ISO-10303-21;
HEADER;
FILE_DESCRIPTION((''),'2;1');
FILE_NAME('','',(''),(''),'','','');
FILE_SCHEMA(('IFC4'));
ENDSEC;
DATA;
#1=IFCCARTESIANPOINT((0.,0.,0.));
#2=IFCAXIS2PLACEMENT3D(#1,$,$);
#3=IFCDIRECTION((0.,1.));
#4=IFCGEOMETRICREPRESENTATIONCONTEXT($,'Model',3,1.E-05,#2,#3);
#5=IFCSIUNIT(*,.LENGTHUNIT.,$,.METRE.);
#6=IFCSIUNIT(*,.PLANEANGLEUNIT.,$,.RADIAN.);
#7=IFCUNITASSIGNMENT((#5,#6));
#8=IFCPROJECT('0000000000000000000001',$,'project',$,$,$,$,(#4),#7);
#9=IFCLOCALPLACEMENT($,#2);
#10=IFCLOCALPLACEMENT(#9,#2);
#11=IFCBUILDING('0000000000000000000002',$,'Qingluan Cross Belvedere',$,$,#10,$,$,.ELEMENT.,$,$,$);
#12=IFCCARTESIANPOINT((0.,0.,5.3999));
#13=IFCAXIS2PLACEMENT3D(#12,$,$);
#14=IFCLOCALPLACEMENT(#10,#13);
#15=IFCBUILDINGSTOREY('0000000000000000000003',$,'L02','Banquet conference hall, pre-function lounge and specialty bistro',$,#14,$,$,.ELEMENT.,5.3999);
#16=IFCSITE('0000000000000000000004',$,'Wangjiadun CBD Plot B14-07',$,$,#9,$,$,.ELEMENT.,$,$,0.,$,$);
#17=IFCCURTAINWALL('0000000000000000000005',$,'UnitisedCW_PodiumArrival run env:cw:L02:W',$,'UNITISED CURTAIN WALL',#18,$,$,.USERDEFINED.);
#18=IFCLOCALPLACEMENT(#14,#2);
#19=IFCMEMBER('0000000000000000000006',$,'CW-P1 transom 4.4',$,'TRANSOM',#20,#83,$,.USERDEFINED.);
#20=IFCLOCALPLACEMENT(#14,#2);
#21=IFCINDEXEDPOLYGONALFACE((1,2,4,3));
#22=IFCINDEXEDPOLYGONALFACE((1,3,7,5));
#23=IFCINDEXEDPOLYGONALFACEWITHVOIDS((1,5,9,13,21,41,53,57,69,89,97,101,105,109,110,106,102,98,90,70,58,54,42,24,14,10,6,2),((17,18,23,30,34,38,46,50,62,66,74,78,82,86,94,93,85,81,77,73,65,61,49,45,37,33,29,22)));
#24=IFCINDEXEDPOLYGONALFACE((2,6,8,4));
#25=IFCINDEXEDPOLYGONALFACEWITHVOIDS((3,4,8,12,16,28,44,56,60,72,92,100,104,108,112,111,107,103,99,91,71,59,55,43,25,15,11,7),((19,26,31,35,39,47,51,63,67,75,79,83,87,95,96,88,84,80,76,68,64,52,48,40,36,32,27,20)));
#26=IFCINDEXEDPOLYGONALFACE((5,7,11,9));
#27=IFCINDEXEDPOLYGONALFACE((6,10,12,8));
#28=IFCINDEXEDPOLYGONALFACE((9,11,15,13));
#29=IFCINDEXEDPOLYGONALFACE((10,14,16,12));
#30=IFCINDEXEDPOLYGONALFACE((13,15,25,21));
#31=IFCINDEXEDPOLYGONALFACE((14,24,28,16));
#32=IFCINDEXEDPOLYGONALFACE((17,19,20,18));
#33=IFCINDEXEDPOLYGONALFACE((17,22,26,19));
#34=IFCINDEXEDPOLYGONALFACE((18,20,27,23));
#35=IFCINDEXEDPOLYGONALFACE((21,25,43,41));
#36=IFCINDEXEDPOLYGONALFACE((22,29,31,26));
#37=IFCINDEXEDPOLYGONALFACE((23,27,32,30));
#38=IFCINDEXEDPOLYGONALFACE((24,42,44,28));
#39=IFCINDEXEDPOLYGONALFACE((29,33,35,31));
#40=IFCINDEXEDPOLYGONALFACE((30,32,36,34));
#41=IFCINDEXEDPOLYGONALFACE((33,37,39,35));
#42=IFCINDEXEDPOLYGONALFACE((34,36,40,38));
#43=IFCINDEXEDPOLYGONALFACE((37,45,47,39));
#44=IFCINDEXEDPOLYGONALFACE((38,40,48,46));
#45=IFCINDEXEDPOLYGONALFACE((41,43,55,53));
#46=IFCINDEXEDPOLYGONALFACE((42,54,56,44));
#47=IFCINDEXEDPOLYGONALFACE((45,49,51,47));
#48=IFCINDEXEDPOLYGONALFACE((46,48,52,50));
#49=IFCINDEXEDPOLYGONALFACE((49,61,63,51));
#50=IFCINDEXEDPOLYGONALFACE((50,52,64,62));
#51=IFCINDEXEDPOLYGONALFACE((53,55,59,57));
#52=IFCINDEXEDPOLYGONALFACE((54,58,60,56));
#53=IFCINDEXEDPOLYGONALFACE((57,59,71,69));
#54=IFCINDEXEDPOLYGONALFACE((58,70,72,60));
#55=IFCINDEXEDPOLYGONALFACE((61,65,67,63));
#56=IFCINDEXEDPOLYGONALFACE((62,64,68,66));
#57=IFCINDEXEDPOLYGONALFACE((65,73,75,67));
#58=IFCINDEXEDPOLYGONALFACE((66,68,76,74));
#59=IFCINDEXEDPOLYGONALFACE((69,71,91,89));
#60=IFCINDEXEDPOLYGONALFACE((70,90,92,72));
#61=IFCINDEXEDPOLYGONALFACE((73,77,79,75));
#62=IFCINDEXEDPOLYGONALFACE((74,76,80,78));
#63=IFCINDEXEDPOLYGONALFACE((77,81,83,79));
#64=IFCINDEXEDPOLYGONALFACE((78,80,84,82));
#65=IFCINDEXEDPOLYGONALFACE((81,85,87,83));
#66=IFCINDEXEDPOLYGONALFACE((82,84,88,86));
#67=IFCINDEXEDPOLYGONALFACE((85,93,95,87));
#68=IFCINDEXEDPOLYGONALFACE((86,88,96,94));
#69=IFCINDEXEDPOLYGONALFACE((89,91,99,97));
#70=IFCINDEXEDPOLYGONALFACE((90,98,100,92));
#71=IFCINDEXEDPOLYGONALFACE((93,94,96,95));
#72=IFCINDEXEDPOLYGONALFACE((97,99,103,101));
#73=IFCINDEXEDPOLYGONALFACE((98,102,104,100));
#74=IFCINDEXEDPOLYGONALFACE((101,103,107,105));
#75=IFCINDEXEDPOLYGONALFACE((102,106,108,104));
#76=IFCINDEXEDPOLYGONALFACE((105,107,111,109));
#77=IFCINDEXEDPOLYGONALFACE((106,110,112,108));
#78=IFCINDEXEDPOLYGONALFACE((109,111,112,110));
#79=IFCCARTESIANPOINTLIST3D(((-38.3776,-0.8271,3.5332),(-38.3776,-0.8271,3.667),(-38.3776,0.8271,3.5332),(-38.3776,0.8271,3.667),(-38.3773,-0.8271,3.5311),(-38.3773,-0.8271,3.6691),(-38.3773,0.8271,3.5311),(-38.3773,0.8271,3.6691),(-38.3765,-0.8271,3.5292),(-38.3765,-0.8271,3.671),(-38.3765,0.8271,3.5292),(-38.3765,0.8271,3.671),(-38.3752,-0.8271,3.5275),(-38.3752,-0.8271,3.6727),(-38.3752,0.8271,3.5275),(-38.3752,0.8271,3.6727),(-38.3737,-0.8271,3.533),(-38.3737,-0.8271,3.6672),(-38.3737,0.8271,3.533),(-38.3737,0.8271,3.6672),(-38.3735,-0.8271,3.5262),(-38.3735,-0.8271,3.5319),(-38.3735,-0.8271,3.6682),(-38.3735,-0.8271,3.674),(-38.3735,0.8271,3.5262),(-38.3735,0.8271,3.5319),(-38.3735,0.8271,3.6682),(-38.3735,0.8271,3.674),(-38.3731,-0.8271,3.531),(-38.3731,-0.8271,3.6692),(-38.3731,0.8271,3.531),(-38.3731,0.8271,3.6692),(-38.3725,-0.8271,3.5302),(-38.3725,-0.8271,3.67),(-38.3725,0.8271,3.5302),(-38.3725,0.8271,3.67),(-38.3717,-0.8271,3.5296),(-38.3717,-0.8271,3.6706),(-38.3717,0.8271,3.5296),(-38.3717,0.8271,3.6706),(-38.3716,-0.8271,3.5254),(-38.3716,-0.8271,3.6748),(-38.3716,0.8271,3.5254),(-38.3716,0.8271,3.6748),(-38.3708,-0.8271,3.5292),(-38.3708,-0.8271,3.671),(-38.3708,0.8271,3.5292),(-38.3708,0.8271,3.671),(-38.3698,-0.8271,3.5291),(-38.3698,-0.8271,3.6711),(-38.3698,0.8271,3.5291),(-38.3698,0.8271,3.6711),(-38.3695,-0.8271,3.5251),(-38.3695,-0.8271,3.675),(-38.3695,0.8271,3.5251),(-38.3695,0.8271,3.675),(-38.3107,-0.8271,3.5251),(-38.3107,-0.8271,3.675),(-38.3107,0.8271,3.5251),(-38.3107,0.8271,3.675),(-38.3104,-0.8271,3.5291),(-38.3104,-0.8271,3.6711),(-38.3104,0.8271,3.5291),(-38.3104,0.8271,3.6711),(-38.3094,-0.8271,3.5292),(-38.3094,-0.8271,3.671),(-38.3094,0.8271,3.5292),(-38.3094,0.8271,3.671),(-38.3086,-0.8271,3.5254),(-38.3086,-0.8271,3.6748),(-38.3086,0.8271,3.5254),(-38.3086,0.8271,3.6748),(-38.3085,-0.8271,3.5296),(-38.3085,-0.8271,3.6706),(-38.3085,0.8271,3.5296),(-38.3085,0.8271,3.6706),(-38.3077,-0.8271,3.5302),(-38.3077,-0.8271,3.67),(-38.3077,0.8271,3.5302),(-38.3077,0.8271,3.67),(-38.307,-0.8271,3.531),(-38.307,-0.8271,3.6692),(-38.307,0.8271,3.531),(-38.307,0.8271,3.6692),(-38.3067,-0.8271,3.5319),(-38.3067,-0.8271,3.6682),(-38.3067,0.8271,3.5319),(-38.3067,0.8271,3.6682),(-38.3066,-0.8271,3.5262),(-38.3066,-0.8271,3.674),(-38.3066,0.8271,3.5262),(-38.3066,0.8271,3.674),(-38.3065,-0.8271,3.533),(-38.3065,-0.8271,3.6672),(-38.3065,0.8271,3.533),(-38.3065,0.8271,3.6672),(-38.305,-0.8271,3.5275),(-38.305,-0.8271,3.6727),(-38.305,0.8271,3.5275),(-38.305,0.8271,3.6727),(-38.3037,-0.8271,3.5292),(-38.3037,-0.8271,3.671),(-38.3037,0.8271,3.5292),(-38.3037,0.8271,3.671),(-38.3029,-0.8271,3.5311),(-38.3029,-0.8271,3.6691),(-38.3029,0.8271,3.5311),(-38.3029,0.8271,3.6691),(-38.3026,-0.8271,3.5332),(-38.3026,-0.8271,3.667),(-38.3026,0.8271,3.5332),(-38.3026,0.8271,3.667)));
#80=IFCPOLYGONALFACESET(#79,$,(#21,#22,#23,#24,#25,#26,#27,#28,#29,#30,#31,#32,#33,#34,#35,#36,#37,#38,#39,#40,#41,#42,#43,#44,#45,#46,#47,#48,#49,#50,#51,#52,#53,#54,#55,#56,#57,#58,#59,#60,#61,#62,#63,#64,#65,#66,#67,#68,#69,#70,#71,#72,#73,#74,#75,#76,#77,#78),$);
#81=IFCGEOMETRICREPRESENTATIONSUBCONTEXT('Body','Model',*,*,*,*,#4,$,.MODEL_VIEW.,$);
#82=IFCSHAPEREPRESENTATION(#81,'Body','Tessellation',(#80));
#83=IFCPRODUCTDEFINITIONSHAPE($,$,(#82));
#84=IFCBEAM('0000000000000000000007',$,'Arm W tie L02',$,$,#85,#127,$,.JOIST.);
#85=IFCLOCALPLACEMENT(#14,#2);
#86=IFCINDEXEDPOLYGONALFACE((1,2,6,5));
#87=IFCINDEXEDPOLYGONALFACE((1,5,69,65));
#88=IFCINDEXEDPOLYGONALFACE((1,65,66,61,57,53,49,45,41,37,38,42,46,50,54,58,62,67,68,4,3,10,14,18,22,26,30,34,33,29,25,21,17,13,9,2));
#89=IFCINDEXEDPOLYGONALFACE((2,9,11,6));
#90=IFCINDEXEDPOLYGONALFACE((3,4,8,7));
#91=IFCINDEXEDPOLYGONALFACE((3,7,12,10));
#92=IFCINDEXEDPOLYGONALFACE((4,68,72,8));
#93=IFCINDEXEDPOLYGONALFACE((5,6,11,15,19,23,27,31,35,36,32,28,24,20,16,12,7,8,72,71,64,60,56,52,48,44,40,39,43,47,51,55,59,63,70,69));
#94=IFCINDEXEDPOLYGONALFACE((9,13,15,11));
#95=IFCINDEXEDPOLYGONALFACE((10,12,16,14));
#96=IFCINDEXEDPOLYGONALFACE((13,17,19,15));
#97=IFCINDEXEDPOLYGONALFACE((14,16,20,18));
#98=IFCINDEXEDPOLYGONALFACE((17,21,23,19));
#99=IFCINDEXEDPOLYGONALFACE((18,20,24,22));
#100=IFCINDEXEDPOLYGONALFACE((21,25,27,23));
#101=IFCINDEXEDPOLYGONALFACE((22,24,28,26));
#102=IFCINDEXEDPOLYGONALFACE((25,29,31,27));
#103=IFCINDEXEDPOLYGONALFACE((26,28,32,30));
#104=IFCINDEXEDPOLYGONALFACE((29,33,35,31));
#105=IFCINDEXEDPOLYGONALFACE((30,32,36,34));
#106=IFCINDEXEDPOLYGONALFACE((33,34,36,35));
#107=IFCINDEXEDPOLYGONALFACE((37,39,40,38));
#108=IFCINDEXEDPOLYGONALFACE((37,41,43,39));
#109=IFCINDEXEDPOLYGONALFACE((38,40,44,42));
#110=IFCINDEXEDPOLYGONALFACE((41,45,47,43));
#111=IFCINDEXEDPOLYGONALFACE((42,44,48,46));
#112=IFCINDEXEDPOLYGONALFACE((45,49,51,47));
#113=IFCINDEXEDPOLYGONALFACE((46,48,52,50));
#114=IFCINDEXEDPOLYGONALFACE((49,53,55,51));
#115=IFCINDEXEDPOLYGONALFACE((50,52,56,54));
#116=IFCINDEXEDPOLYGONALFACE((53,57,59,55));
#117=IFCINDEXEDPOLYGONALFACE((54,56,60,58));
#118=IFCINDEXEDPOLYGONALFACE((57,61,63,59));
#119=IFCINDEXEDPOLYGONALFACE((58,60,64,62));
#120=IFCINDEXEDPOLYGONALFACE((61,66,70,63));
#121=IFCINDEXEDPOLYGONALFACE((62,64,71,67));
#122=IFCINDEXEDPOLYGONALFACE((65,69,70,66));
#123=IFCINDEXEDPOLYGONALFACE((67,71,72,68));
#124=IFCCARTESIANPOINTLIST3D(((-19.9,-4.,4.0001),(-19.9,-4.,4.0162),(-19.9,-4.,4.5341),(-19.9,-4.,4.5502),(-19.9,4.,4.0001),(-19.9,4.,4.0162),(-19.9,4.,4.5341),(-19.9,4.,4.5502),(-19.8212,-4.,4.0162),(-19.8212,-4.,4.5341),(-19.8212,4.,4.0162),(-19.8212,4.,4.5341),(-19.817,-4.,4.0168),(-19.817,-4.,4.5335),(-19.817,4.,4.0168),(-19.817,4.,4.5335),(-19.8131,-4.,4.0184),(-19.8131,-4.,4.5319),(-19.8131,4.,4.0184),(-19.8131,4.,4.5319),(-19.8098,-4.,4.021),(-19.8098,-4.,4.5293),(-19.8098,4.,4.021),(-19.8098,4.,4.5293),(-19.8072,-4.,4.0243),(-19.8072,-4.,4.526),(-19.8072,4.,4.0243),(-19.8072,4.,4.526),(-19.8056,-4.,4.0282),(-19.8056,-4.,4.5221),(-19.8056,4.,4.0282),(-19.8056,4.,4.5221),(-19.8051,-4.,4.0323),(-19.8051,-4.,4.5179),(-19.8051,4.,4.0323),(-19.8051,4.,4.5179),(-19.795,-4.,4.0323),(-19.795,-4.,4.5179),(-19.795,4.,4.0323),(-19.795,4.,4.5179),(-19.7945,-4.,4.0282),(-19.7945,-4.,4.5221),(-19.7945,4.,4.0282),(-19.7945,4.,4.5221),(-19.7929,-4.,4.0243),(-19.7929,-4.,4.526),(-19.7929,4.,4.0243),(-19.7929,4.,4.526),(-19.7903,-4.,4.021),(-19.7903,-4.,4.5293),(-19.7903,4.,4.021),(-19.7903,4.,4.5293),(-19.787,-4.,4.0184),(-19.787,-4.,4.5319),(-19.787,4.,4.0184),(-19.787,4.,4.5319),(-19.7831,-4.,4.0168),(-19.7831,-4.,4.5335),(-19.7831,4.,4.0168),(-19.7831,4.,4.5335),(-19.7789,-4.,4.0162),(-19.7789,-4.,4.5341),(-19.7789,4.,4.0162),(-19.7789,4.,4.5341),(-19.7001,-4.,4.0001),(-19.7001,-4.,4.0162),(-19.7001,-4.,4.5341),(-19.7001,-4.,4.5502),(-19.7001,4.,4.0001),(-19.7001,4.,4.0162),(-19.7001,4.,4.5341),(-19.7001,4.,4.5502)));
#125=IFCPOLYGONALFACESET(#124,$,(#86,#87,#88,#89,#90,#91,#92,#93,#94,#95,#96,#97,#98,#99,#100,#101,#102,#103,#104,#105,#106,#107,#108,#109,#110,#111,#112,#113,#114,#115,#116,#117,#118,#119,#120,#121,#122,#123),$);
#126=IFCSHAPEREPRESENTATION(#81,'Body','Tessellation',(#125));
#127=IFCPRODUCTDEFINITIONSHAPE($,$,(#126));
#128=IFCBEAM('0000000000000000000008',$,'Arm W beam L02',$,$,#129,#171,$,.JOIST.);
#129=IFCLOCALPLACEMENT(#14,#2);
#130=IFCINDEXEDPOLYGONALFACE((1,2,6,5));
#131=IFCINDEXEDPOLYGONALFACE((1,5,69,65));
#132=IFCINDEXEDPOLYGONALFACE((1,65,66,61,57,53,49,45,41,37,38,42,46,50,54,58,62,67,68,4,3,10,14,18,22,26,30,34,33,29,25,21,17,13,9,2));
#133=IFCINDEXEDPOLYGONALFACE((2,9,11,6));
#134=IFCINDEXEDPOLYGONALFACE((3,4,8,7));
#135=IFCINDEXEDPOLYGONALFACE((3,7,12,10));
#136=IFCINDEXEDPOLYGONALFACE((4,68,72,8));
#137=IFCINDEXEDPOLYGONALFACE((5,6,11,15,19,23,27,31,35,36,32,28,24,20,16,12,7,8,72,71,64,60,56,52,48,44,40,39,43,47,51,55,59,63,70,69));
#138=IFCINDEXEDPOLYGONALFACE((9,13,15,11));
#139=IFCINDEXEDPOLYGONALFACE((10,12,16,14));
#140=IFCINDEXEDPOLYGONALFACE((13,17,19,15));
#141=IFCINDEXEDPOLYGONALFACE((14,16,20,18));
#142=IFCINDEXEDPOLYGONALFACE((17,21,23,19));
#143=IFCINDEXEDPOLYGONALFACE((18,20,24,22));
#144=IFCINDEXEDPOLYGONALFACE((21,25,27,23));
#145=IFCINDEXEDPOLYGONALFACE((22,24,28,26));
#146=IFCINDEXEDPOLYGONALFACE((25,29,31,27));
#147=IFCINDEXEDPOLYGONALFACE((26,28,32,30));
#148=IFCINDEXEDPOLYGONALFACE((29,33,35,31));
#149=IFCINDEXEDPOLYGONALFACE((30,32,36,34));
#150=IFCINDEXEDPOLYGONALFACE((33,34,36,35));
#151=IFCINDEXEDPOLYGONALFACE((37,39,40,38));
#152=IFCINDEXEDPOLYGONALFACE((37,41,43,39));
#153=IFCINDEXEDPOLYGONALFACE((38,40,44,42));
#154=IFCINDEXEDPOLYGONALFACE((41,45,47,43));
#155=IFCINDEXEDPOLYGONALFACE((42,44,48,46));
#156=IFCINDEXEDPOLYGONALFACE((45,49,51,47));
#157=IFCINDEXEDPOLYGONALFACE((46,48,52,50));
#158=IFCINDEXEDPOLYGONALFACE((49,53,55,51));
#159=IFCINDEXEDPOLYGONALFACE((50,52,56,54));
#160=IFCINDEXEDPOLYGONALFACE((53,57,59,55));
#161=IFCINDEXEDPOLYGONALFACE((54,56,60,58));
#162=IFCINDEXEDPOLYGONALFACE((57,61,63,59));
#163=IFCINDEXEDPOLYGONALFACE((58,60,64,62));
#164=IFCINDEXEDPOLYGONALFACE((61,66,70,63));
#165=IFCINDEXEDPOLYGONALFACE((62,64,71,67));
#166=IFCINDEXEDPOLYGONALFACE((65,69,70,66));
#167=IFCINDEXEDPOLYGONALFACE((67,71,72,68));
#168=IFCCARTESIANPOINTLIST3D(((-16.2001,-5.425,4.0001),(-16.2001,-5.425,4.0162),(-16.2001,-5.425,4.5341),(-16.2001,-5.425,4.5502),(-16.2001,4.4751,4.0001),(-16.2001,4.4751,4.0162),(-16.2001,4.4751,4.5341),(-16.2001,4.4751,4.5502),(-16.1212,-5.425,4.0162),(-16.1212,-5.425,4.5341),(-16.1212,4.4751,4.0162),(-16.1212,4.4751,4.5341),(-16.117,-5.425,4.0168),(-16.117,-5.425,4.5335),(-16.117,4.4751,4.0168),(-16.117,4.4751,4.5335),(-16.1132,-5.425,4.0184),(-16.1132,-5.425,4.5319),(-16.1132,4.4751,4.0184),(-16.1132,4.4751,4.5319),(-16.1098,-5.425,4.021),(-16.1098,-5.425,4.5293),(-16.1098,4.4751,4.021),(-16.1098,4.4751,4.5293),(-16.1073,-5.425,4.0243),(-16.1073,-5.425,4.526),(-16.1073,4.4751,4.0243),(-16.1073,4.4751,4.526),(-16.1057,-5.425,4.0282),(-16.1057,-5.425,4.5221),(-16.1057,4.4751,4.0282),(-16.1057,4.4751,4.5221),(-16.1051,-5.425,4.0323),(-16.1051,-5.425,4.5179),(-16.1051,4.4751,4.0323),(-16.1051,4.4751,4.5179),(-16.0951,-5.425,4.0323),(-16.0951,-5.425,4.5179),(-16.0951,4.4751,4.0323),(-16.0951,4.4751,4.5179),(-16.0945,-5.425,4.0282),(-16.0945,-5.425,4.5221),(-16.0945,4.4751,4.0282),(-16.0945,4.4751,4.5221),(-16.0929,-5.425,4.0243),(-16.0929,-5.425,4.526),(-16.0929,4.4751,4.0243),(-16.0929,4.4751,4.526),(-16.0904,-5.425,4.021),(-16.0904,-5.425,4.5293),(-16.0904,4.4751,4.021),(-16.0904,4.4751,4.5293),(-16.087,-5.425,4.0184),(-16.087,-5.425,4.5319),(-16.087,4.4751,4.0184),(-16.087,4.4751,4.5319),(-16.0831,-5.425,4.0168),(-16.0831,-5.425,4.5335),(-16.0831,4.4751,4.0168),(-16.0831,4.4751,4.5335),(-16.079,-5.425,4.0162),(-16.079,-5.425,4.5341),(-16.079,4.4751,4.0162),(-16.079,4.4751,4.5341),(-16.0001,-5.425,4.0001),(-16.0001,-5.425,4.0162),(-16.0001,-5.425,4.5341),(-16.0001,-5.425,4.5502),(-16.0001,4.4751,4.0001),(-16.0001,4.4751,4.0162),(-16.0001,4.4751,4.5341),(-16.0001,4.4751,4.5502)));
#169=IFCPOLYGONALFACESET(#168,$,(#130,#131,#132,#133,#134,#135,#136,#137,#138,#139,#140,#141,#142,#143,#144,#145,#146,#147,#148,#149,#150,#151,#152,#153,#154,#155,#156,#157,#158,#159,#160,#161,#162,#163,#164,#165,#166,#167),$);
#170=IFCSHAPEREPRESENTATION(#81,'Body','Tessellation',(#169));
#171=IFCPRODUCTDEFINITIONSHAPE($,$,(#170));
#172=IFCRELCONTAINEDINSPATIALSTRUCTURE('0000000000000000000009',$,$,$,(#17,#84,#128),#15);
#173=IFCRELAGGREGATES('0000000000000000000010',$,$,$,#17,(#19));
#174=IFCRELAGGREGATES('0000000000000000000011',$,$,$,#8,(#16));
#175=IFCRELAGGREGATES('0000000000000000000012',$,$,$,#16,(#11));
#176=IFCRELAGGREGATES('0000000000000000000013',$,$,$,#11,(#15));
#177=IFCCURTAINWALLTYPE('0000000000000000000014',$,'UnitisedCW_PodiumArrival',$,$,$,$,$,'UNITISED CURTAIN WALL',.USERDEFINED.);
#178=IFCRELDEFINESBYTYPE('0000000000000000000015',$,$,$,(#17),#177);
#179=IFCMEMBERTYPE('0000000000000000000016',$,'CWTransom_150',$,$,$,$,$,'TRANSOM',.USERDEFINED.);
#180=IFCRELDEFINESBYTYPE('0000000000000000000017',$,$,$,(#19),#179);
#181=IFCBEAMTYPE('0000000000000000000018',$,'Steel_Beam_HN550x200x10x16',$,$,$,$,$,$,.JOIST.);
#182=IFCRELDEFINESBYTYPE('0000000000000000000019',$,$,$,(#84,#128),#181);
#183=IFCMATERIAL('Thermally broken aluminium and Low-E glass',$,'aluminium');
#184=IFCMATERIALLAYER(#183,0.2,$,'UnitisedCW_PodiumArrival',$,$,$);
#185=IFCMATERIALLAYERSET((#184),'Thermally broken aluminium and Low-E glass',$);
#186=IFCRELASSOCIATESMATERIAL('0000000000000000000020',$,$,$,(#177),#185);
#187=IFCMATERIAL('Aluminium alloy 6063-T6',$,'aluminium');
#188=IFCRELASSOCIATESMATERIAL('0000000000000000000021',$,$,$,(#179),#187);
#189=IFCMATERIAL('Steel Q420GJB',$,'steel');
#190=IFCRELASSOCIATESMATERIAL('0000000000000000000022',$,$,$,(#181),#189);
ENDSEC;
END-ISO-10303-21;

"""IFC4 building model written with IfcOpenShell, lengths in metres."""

from ifc_helpers import new_model, si_unit, direction, frame, origin, origin_2d, place, context, subcontext, project, spatial, hollow_rectangle, i_section, extrude, material, layer, layer_set, material_profile, profile_set, type_object, element, aggregate, save


model = new_model("IFC4")

# Units and contexts
model_context = context("Model", 3, precision=1e-05, world=origin(), true_north=direction((0.0, 1.0)))
body_context = subcontext(model_context, "Body", "Model", "MODEL_VIEW")
ifc_project = project(units=[si_unit("LENGTHUNIT", "METRE"), si_unit("PLANEANGLEUNIT", "RADIAN")], contexts=[model_context])

# Site, building, storey
site_placement = place(None, origin())
site = spatial("IfcSite", under=ifc_project, at=site_placement, Name="Wangjiadun CBD Plot B14-07", CompositionType="ELEMENT", RefElevation=0.0)
building_placement = place(site_placement, origin())
building = spatial("IfcBuilding", under=site, at=building_placement, Name="Qingluan Cross Belvedere", CompositionType="ELEMENT")
storey_placement = place(building_placement, frame((0.0, 0.0, 5.3999)))
storey = spatial("IfcBuildingStorey", under=building, at=storey_placement, Name="L02", Description="Banquet conference hall, pre-function lounge and specialty bistro", CompositionType="ELEMENT", Elevation=5.3999)

# Curtain wall, member
ifc_material_1 = material(Name="Thermally broken aluminium and Low-E glass", Category="aluminium")
ifc_layer_1 = layer(ifc_material_1, 0.2, Name="UnitisedCW_PodiumArrival")
ifc_layer_set_1 = layer_set([ifc_layer_1], Name="Thermally broken aluminium and Low-E glass")
curtain_wall_type = type_object("IfcCurtainWallType", Name="UnitisedCW_PodiumArrival", ElementType="UNITISED CURTAIN WALL", PredefinedType="USERDEFINED", material=ifc_layer_set_1)
curtain_wall_placement = place(storey_placement, origin())
curtain_wall = element("IfcCurtainWall", 1, at=curtain_wall_placement, inside=storey, type_object=curtain_wall_type, Name="UnitisedCW_PodiumArrival run env:cw:L02:W", ObjectType="UNITISED CURTAIN WALL", PredefinedType="USERDEFINED")
ifc_material_2 = material(Name="Aluminium alloy 6063-T6", Category="aluminium")
ifc_material_profile_1 = material_profile(ifc_material_2, hollow_rectangle(XDim=0.075, YDim=0.1499, WallThickness=0.0039, InnerFilletRadius=0.0039, OuterFilletRadius=0.0081, at=origin_2d()), Name="CWT150x75x4")
ifc_profile_set_1 = profile_set([ifc_material_profile_1], Name="Aluminium alloy 6063-T6")
member_type_1 = type_object("IfcMemberType", Name="CWTransom_150", ElementType="TRANSOM", PredefinedType="USERDEFINED", material=ifc_profile_set_1)
member_1_placement = place(storey_placement, frame((-38.3401, -0.8271, 3.6001), z_axis=(0.0, 1.0, 0.0), x_axis=(-1.0, 0.0, 0.0)))
member_1 = element("IfcMember", 2, at=member_1_placement, type_object=member_type_1, Name="CW-P1 transom 4.4", ObjectType="TRANSOM", PredefinedType="USERDEFINED", context=body_context, shape_type="SweptSolid", body=[
    extrude(hollow_rectangle(XDim=0.075, YDim=0.1499, WallThickness=0.0039, InnerFilletRadius=0.0039, OuterFilletRadius=0.0081, at=origin_2d()), origin(), (0.0, 0.0, 1.0), 1.6543),
])

# Beams
ifc_material_3 = material(Name="Steel Q420GJB", Category="steel")
ifc_material_profile_2 = material_profile(ifc_material_3, i_section(OverallWidth=0.2, OverallDepth=0.55, WebThickness=0.01, FlangeThickness=0.0161, FilletRadius=0.0161, at=origin_2d()), Name="HN550x200x10x16")
ifc_profile_set_2 = profile_set([ifc_material_profile_2], Name="Steel Q420GJB")
beam_type_1 = type_object("IfcBeamType", Name="Steel_Beam_HN550x200x10x16", PredefinedType="JOIST", material=ifc_profile_set_2)
beam_1_placement = place(storey_placement, frame((-19.8, -4.0, 4.2751), z_axis=(0.0, 1.0, 0.0), x_axis=(-1.0, 0.0, 0.0)))
element("IfcBeam", 3, at=beam_1_placement, inside=storey, type_object=beam_type_1, Name="Arm W tie L02", PredefinedType="JOIST", context=body_context, shape_type="SweptSolid", body=[
    extrude(i_section(OverallWidth=0.2, OverallDepth=0.55, WebThickness=0.01, FlangeThickness=0.0161, FilletRadius=0.0161, at=origin_2d()), origin(), (0.0, 0.0, 1.0), 8.0),
])
beam_2_placement = place(storey_placement, frame((-16.1001, -5.425, 4.2751), z_axis=(0.0, 1.0, 0.0), x_axis=(-1.0, 0.0, 0.0)))
element("IfcBeam", 4, at=beam_2_placement, inside=storey, type_object=beam_type_1, Name="Arm W beam L02", PredefinedType="JOIST", context=body_context, shape_type="SweptSolid", body=[
    extrude(i_section(OverallWidth=0.2, OverallDepth=0.55, WebThickness=0.01, FlangeThickness=0.0161, FilletRadius=0.0161, at=origin_2d()), origin(), (0.0, 0.0, 1.0), 9.9001),
])

aggregate(curtain_wall, [member_1])

save(model, "model.ifc")
